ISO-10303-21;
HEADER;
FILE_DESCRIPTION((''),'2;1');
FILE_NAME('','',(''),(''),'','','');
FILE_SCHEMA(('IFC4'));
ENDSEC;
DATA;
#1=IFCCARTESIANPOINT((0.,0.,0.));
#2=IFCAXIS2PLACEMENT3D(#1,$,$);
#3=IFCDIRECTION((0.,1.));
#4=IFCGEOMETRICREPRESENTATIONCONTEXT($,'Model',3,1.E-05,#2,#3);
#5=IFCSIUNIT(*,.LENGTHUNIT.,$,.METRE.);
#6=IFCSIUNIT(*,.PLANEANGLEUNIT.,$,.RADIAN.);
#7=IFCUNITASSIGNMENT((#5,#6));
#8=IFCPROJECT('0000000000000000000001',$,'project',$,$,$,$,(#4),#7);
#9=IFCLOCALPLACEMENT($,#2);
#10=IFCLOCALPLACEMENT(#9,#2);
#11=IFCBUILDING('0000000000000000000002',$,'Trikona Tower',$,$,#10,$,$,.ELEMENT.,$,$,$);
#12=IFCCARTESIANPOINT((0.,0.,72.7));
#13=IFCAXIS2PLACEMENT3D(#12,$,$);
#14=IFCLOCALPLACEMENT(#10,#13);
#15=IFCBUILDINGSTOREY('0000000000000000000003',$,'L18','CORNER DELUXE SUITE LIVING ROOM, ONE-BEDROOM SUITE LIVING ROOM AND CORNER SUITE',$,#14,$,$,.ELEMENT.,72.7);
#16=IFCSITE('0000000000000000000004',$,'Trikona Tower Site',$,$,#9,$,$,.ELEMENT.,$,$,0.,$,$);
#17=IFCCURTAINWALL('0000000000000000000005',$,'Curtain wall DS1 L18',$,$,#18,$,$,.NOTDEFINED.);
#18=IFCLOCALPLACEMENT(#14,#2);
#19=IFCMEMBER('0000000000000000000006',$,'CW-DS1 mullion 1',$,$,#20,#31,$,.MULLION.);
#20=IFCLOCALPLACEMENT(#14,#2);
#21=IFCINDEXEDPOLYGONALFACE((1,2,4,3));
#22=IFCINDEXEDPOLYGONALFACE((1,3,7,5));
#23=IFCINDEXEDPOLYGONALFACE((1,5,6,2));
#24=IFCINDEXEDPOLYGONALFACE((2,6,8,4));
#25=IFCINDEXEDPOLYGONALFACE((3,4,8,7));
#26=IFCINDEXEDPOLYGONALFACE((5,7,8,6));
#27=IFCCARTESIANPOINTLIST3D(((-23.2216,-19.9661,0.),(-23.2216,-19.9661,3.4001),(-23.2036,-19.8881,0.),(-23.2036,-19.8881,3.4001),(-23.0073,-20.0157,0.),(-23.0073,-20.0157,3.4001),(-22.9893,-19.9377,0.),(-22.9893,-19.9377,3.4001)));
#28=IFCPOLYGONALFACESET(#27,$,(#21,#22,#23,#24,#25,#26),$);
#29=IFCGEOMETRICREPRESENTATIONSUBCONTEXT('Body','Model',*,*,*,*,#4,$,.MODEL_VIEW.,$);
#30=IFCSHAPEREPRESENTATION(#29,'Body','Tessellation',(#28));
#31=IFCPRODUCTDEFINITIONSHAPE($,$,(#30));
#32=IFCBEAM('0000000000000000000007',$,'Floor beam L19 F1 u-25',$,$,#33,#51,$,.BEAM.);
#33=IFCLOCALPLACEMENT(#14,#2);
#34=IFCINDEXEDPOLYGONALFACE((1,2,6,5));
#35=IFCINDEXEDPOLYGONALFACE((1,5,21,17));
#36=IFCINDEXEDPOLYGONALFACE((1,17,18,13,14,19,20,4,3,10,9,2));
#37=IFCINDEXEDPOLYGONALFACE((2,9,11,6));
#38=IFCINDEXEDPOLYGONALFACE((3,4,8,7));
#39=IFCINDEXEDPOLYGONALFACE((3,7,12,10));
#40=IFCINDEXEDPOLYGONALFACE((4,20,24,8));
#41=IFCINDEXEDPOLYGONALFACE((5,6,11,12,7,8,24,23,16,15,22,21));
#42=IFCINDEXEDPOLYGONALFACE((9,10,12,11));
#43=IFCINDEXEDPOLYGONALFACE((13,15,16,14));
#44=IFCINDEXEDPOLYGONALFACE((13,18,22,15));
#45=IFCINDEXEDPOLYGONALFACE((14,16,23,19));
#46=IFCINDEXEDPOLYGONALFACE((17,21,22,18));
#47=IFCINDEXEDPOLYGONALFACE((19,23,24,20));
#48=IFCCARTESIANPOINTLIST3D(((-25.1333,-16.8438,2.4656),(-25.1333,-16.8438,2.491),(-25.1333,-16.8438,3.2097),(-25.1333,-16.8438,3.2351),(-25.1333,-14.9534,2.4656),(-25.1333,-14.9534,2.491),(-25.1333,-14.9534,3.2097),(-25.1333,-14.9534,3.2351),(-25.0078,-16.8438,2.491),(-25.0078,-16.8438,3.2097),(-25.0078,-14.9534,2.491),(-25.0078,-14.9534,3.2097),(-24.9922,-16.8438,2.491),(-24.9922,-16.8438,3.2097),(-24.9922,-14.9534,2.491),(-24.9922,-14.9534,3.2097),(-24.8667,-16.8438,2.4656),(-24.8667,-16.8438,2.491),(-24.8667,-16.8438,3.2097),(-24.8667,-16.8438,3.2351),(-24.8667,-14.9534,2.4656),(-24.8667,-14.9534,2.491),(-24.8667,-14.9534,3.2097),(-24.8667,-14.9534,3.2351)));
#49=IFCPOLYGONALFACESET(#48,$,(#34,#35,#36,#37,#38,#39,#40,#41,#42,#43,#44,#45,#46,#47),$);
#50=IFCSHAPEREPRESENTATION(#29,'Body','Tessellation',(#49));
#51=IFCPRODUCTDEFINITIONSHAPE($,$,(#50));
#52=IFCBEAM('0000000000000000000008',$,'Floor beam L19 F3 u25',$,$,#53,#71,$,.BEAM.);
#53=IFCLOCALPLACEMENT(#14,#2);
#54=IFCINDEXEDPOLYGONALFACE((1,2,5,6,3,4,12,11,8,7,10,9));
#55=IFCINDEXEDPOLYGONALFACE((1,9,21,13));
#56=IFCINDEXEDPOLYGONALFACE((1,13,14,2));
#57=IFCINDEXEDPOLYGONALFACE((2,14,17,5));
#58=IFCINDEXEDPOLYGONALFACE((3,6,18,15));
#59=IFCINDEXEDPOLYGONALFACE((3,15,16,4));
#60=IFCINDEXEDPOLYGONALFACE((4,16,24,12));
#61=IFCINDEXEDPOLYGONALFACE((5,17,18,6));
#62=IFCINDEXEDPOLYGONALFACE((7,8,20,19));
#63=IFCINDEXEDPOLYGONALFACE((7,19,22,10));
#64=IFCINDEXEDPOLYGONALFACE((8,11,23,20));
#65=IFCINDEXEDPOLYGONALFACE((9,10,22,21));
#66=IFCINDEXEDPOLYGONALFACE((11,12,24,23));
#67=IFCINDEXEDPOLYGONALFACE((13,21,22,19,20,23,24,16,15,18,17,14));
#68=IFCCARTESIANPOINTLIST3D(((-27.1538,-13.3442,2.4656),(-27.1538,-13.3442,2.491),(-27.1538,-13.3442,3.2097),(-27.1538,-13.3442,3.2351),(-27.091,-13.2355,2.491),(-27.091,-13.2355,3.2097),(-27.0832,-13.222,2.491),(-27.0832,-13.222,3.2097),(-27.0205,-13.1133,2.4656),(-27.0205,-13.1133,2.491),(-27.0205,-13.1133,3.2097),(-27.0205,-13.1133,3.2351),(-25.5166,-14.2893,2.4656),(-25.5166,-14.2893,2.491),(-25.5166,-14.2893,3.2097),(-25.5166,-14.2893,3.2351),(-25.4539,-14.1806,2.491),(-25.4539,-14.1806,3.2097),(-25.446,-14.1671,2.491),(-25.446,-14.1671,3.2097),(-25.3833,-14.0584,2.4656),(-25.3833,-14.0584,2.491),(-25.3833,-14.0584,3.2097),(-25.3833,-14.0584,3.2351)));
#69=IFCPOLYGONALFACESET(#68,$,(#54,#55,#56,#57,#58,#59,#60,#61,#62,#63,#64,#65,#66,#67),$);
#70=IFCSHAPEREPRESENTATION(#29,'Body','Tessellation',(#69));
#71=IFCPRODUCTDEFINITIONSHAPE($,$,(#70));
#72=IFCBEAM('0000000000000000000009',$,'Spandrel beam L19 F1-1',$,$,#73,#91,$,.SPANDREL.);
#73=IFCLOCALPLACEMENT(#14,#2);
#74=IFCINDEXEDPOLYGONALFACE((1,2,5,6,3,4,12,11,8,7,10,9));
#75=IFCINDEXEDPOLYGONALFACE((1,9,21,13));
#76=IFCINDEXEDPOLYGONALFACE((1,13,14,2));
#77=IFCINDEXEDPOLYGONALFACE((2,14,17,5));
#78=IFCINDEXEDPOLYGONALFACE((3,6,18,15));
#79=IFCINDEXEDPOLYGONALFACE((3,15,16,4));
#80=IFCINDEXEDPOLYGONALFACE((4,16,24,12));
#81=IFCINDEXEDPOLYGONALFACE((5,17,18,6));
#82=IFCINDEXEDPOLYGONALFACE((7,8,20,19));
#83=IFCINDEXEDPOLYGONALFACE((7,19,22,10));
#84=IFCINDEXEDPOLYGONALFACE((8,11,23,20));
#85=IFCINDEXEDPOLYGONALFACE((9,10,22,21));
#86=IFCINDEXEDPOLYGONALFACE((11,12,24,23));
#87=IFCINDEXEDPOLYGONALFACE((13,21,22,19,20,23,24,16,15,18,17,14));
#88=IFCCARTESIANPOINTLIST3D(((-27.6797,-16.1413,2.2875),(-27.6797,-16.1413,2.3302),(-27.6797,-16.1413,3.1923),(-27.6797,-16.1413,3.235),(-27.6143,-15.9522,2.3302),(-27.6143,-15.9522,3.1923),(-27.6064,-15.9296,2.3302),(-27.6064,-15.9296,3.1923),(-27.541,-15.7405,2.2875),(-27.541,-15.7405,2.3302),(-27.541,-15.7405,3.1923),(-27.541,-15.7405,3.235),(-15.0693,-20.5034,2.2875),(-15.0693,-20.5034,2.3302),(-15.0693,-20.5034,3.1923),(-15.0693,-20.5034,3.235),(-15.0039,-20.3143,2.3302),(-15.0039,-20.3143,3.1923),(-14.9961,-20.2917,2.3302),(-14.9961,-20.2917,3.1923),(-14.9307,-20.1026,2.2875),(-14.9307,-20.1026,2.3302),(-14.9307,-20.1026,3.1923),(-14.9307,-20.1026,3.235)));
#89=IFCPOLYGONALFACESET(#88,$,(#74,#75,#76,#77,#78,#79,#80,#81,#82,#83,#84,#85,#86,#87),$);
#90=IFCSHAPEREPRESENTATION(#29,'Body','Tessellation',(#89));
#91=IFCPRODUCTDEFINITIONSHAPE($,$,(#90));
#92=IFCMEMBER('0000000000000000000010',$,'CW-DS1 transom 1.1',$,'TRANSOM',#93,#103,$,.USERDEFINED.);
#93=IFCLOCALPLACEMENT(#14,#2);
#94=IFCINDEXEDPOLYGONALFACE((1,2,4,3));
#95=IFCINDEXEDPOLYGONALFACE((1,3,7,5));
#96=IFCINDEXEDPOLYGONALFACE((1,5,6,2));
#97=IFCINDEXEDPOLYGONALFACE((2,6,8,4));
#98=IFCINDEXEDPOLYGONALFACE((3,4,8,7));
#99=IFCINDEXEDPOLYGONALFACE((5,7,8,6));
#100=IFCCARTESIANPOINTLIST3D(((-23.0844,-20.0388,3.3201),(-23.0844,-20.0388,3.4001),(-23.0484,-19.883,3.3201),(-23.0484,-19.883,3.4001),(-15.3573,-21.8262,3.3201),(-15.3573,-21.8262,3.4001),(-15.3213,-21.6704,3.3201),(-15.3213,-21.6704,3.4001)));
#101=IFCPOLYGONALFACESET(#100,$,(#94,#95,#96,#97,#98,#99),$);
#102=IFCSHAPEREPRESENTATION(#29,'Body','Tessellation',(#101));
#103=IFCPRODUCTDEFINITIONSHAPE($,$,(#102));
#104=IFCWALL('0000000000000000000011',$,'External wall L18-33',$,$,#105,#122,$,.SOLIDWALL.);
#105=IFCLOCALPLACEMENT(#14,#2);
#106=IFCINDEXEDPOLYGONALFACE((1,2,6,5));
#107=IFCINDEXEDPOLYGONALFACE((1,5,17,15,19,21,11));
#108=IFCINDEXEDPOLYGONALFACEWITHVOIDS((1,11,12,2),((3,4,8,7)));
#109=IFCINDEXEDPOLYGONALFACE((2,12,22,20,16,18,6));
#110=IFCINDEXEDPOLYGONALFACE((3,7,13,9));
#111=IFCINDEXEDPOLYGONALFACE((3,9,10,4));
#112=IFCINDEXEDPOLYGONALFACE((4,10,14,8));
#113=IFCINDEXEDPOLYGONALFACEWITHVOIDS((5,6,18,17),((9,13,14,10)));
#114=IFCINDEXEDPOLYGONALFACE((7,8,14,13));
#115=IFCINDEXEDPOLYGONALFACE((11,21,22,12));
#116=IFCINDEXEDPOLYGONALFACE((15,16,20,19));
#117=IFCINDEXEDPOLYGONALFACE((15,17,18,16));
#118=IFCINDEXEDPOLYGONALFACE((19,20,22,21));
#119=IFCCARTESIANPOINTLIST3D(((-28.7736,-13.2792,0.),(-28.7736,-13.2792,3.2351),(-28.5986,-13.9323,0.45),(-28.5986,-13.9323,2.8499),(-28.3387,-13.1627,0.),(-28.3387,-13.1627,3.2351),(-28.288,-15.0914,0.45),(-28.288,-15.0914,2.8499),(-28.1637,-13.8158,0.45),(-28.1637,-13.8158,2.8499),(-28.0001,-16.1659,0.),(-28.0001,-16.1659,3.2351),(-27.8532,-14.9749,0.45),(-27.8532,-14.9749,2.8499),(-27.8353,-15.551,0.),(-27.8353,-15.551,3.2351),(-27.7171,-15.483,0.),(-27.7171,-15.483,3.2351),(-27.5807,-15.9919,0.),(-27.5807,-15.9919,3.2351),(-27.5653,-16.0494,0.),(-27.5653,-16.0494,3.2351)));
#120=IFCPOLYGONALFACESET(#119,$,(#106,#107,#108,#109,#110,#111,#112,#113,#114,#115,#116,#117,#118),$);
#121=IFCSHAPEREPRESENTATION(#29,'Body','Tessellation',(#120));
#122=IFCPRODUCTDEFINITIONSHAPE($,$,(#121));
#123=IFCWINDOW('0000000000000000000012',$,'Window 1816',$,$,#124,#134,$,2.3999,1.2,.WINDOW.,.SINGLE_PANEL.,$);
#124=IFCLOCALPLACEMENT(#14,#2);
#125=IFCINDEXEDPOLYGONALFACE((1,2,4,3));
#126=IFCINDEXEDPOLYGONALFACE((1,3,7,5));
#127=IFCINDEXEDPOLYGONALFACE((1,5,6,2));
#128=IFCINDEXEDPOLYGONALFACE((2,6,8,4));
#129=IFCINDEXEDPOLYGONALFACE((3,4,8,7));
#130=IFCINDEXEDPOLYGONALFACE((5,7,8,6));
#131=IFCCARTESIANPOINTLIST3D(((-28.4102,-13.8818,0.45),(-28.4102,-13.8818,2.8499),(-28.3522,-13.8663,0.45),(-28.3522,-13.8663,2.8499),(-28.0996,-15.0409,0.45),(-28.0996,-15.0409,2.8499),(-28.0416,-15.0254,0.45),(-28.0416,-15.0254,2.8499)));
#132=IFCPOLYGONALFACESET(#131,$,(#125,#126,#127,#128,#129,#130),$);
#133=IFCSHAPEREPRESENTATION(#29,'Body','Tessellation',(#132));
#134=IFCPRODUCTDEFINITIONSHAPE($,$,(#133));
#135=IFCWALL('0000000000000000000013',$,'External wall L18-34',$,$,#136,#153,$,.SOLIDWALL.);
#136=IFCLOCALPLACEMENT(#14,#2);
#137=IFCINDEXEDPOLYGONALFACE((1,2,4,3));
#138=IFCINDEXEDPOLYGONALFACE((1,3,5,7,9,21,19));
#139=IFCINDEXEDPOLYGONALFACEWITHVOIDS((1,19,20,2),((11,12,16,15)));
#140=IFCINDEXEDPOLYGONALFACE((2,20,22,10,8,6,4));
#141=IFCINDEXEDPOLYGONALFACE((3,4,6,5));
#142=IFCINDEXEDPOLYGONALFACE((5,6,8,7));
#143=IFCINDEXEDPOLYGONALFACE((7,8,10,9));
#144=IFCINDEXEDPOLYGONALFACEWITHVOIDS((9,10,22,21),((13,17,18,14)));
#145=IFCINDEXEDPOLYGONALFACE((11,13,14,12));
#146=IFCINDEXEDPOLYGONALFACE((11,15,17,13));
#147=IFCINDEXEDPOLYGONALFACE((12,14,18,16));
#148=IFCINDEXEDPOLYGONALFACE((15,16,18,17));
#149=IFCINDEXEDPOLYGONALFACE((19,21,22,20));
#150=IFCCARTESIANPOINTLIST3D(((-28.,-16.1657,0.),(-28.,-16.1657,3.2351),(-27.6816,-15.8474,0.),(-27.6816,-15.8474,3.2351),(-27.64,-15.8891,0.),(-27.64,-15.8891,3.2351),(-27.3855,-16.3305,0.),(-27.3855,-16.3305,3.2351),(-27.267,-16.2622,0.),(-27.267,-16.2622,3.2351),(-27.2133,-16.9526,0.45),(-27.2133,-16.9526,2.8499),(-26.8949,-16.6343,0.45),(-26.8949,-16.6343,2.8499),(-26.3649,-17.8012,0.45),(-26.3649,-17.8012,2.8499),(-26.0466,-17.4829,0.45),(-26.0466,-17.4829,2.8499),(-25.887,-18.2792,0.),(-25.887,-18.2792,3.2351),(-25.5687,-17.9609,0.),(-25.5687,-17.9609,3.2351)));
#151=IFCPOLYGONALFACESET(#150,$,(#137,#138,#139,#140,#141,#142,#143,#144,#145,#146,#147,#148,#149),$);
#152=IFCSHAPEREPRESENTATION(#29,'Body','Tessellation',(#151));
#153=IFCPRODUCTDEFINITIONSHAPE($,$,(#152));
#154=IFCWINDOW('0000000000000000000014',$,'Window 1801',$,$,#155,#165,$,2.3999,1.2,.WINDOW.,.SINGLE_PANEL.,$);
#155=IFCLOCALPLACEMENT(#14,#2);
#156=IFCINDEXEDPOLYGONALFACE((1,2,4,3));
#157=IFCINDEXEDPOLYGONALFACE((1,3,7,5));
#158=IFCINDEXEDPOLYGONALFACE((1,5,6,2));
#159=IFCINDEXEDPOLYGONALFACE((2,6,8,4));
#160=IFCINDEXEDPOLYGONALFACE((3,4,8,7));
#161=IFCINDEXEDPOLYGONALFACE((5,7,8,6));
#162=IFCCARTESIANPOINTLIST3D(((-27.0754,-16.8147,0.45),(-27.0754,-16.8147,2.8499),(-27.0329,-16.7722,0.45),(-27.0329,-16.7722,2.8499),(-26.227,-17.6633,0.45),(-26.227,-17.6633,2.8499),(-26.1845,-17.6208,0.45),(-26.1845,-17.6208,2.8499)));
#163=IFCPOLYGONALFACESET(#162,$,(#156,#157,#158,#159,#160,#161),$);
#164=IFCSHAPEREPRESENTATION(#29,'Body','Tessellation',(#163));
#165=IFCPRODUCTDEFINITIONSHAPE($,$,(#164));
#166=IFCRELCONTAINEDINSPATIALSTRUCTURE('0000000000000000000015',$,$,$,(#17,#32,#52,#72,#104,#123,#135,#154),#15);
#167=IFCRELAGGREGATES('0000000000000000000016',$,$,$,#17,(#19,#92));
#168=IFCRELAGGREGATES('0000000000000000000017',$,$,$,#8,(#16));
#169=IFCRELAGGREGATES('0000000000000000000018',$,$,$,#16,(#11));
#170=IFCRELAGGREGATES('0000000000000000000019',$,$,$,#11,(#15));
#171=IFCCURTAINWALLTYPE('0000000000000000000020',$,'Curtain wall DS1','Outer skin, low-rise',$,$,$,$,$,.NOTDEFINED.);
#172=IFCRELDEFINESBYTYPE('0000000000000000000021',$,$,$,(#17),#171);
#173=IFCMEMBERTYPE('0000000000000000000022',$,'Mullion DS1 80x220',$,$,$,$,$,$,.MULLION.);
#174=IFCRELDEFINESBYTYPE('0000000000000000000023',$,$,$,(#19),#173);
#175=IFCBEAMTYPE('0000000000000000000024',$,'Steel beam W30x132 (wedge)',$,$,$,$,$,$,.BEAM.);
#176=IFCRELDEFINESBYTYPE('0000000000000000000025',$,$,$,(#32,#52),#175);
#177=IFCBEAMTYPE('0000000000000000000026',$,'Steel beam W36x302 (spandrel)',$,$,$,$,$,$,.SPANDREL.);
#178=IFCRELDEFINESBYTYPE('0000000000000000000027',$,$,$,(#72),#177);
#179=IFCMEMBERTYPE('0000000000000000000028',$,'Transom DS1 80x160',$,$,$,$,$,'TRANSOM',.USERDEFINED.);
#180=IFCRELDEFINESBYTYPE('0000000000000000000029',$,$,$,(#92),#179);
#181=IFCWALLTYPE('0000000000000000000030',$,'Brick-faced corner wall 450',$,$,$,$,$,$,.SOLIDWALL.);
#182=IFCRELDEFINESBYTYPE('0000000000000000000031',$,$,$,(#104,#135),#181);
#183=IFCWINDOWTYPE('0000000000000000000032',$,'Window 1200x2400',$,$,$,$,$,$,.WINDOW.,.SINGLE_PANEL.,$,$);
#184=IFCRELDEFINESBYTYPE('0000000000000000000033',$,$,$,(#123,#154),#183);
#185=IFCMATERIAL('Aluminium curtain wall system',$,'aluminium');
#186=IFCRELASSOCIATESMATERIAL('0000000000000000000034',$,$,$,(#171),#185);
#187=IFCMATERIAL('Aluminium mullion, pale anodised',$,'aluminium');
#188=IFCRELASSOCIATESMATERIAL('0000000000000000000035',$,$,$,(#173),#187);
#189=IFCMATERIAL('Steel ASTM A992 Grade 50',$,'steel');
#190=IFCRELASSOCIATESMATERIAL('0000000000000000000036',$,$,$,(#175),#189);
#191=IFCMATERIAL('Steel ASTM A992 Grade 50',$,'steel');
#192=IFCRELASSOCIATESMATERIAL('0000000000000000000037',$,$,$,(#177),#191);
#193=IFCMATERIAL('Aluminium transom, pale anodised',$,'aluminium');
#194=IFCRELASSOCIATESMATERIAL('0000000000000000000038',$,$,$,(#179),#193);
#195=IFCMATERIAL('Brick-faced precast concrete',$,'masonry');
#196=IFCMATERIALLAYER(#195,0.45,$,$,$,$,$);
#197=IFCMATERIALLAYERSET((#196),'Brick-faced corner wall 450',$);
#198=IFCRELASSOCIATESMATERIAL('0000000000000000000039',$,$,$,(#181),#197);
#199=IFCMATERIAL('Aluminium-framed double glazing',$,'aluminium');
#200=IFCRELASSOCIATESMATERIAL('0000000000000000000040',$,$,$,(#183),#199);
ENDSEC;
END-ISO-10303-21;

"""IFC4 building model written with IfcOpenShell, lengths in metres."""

from ifc_helpers import new_model, si_unit, direction, frame, frame_2d, origin, origin_2d, place, context, subcontext, project, spatial, polyline, rectangle, i_section, outline, extrude, material, layer, layer_set, material_profile, profile_set, type_object, element, fill, aggregate, save


model = new_model("IFC4")

# Units and contexts
model_context = context("Model", 3, precision=1e-05, world=origin(), true_north=direction((0.0, 1.0)))
body_context = subcontext(model_context, "Body", "Model", "MODEL_VIEW")
ifc_project = project(units=[si_unit("LENGTHUNIT", "METRE"), si_unit("PLANEANGLEUNIT", "RADIAN")], contexts=[model_context])

# Site, building, storey
site_placement = place(None, origin())
site = spatial("IfcSite", under=ifc_project, at=site_placement, Name="Trikona Tower Site", CompositionType="ELEMENT", RefElevation=0.0)
building_placement = place(site_placement, origin())
building = spatial("IfcBuilding", under=site, at=building_placement, Name="Trikona Tower", CompositionType="ELEMENT")
storey_placement = place(building_placement, frame((0.0, 0.0, 72.7)))
storey = spatial("IfcBuildingStorey", under=building, at=storey_placement, Name="L18", Description="CORNER DELUXE SUITE LIVING ROOM, ONE-BEDROOM SUITE LIVING ROOM AND CORNER SUITE", CompositionType="ELEMENT", Elevation=72.7)

# Curtain wall, member
ifc_material_1 = material(Name="Aluminium curtain wall system", Category="aluminium")
curtain_wall_type = type_object("IfcCurtainWallType", Name="Curtain wall DS1", Description="Outer skin, low-rise", PredefinedType="NOTDEFINED", material=ifc_material_1)
curtain_wall_placement = place(storey_placement, origin())
curtain_wall = element("IfcCurtainWall", 1, at=curtain_wall_placement, inside=storey, type_object=curtain_wall_type, Name="Curtain wall DS1 L18", PredefinedType="NOTDEFINED")
ifc_material_2 = material(Name="Aluminium mullion, pale anodised", Category="aluminium")
ifc_material_profile_1 = material_profile(ifc_material_2, rectangle(XDim=0.0801, YDim=0.22, at=origin_2d()), Name="MUL-DS1")
ifc_profile_set_1 = profile_set([ifc_material_profile_1], Name="Aluminium mullion, pale anodised")
member_type_1 = type_object("IfcMemberType", Name="Mullion DS1 80x220", PredefinedType="MULLION", material=ifc_profile_set_1)
member_1_placement = place(storey_placement, frame((-23.1055, -19.9519, 0.0), z_axis=(0.0, 0.0, 1.0), x_axis=(0.225343, 0.974279, 0.0)))
member_1 = element("IfcMember", 2, at=member_1_placement, type_object=member_type_1, Name="CW-DS1 mullion 1", PredefinedType="MULLION", context=body_context, shape_type="SweptSolid", body=[
    extrude(rectangle(XDim=0.0801, YDim=0.22, at=origin_2d()), origin(), (0.0, 0.0, 1.0), 3.4001),
])

# Beams
ifc_material_3 = material(Name="Steel ASTM A992 Grade 50", Category="steel")
ifc_material_profile_2 = material_profile(ifc_material_3, i_section(OverallWidth=0.2666, OverallDepth=0.7695, WebThickness=0.0156, FlangeThickness=0.0254, at=origin_2d()), Name="W30X132")
ifc_profile_set_2 = profile_set([ifc_material_profile_2], Name="Steel ASTM A992 Grade 50")
beam_type_1 = type_object("IfcBeamType", Name="Steel beam W30x132 (wedge)", PredefinedType="BEAM", material=ifc_profile_set_2)
for number, where, z_axis, x_axis, name in (
    (3, (-25.0, -14.9534, 2.8503), (0.0, -1.0, 0.0), (1.0, 0.0, 0.0), "Floor beam L19 F1 u-25"),
    (4, (-25.45, -14.1738, 2.8503), (-0.866065, 0.499931, 0.0), (-0.499931, -0.866065, 0.0), "Floor beam L19 F3 u25"),
):
    element("IfcBeam", number, at=place(storey_placement, frame(where, z_axis=z_axis, x_axis=x_axis)), inside=storey, type_object=beam_type_1, Name=name, PredefinedType="BEAM", context=body_context, shape_type="SweptSolid", body=[
        extrude(i_section(OverallWidth=0.2666, OverallDepth=0.7695, WebThickness=0.0156, FlangeThickness=0.0254, at=origin_2d()), origin(), (0.0, 0.0, 1.0), 1.8904),
    ])
ifc_material_4 = material(Name="Steel ASTM A992 Grade 50", Category="steel")
ifc_material_profile_3 = material_profile(ifc_material_4, i_section(OverallWidth=0.4241, OverallDepth=0.9475, WebThickness=0.0239, FlangeThickness=0.0427, at=origin_2d()), Name="W36X302")
ifc_profile_set_3 = profile_set([ifc_material_profile_3], Name="Steel ASTM A992 Grade 50")
beam_type_2 = type_object("IfcBeamType", Name="Steel beam W36x302 (spandrel)", PredefinedType="SPANDREL", material=ifc_profile_set_3)
beam_placement = place(storey_placement, frame((-27.6104, -15.9409, 2.7612), z_axis=(0.945057, -0.326906, 0.0), x_axis=(0.326906, 0.945057, 0.0)))
element("IfcBeam", 5, at=beam_placement, inside=storey, type_object=beam_type_2, Name="Spandrel beam L19 F1-1", PredefinedType="SPANDREL", context=body_context, shape_type="SweptSolid", body=[
    extrude(i_section(OverallWidth=0.4241, OverallDepth=0.9475, WebThickness=0.0239, FlangeThickness=0.0427, at=origin_2d()), origin(), (0.0, 0.0, 1.0), 13.3435),
])

# Member
ifc_material_5 = material(Name="Aluminium transom, pale anodised", Category="aluminium")
ifc_material_profile_4 = material_profile(ifc_material_5, rectangle(XDim=0.1599, YDim=0.0801, at=origin_2d()), Name="TRN-DS1")
ifc_profile_set_4 = profile_set([ifc_material_profile_4], Name="Aluminium transom, pale anodised")
member_type_2 = type_object("IfcMemberType", Name="Transom DS1 80x160", ElementType="TRANSOM", PredefinedType="USERDEFINED", material=ifc_profile_set_4)
member_2_placement = place(storey_placement, frame((-23.0664, -19.9609, 3.3601), z_axis=(0.974275, -0.225361, 0.0), x_axis=(0.225361, 0.974275, 0.0)))
member_2 = element("IfcMember", 6, at=member_2_placement, type_object=member_type_2, Name="CW-DS1 transom 1.1", ObjectType="TRANSOM", PredefinedType="USERDEFINED", context=body_context, shape_type="SweptSolid", body=[
    extrude(rectangle(XDim=0.1599, YDim=0.0801, at=origin_2d()), origin(), (0.0, 0.0, 1.0), 7.9312),
])
aggregate(curtain_wall, [member_1, member_2])

# Walls, openings, windows
ifc_material_6 = material(Name="Brick-faced precast concrete", Category="masonry")
ifc_layer_1 = layer(ifc_material_6, 0.45)
ifc_layer_set_1 = layer_set([ifc_layer_1], Name="Brick-faced corner wall 450")
wall_type_1 = type_object("IfcWallType", Name="Brick-faced corner wall 450", PredefinedType="SOLIDWALL", material=ifc_layer_set_1)
wall_1_placement = place(storey_placement, frame((-28.5562, -13.2209, 0.0), z_axis=(0.0, 0.0, 1.0), x_axis=(0.258801, -0.965931, 0.0)))
wall_1 = element("IfcWall", 7, at=wall_1_placement, inside=storey, type_object=wall_type_1, Name="External wall L18-33", PredefinedType="SOLIDWALL", context=body_context, shape_type="SweptSolid", body=[
    extrude(outline(polyline([(2.9885, 0.2251), (2.929, 0.2251), (2.4373, 0.0933), (2.4021, 0.2251), (0.0, 0.2251), (0.0, -0.2251), (2.9885, -0.2251), (2.9885, 0.2251)])), origin(), (0.0, 0.0, 1.0), 3.2351),
])
opening_1_placement = place(wall_1_placement, frame((0.676, 0.0, 0.45)))
opening_1 = element("IfcOpeningElement", 8, at=opening_1_placement, cuts=wall_1, PredefinedType="OPENING", context=body_context, shape_type="SweptSolid", body=[
    extrude(rectangle(XDim=1.2, YDim=2.3999, at=frame_2d((0.6001, 1.2))), frame((0.0, 0.2349, 0.0), z_axis=(0.0, -1.0, 0.0), x_axis=(1.0, 0.0, 0.0)), (0.0, 0.0, 1.0), 0.47),
])
ifc_material_7 = material(Name="Aluminium-framed double glazing", Category="aluminium")
window_type_1 = type_object("IfcWindowType", Name="Window 1200x2400", PartitioningType="SINGLE_PANEL", PredefinedType="WINDOW", material=ifc_material_7)
window_1_placement = place(opening_1_placement, origin())
window_1 = element("IfcWindow", 9, at=window_1_placement, inside=storey, type_object=window_type_1, Name="Window 1816", OverallHeight=2.3999, OverallWidth=1.2, PartitioningType="SINGLE_PANEL", PredefinedType="WINDOW", context=body_context, shape_type="SweptSolid", body=[
    extrude(rectangle(XDim=1.2, YDim=2.3999, at=frame_2d((0.6001, 1.2))), frame((0.0, 0.03, 0.0), z_axis=(0.0, -1.0, 0.0), x_axis=(1.0, 0.0, 0.0)), (0.0, 0.0, 1.0), 0.0601),
])
fill(opening_1, window_1)
wall_2_placement = place(storey_placement, frame((-27.8408, -16.0066, 0.0), z_axis=(0.0, 0.0, 1.0), x_axis=(0.707025, -0.707188, 0.0)))
wall_2 = element("IfcWall", 10, at=wall_2_placement, inside=storey, type_object=wall_type_1, Name="External wall L18-34", PredefinedType="SOLIDWALL", context=body_context, shape_type="SweptSolid", body=[
    extrude(outline(polyline([(2.9885, 0.2251), (0.5864, 0.2251), (0.551, 0.093), (0.0588, 0.2251), (0.0, 0.2251), (0.0, -0.2251), (2.9885, -0.2251), (2.9885, 0.2251)])), origin(), (0.0, 0.0, 1.0), 3.2351),
])
opening_2_placement = place(wall_2_placement, frame((1.1125, 0.0, 0.45)))
opening_2 = element("IfcOpeningElement", 11, at=opening_2_placement, cuts=wall_2, PredefinedType="OPENING", context=body_context, shape_type="SweptSolid", body=[
    extrude(rectangle(XDim=1.2, YDim=2.3999, at=frame_2d((0.6001, 1.2))), frame((0.0, 0.2349, 0.0), z_axis=(0.0, -1.0, 0.0), x_axis=(1.0, 0.0, 0.0)), (0.0, 0.0, 1.0), 0.47),
])
window_2_placement = place(opening_2_placement, origin())
window_2 = element("IfcWindow", 12, at=window_2_placement, inside=storey, type_object=window_type_1, Name="Window 1801", OverallHeight=2.3999, OverallWidth=1.2, PartitioningType="SINGLE_PANEL", PredefinedType="WINDOW", context=body_context, shape_type="SweptSolid", body=[
    extrude(rectangle(XDim=1.2, YDim=2.3999, at=frame_2d((0.6001, 1.2))), frame((0.0, 0.03, 0.0), z_axis=(0.0, -1.0, 0.0), x_axis=(1.0, 0.0, 0.0)), (0.0, 0.0, 1.0), 0.0601),
])
fill(opening_2, window_2)

save(model, "model.ifc")
